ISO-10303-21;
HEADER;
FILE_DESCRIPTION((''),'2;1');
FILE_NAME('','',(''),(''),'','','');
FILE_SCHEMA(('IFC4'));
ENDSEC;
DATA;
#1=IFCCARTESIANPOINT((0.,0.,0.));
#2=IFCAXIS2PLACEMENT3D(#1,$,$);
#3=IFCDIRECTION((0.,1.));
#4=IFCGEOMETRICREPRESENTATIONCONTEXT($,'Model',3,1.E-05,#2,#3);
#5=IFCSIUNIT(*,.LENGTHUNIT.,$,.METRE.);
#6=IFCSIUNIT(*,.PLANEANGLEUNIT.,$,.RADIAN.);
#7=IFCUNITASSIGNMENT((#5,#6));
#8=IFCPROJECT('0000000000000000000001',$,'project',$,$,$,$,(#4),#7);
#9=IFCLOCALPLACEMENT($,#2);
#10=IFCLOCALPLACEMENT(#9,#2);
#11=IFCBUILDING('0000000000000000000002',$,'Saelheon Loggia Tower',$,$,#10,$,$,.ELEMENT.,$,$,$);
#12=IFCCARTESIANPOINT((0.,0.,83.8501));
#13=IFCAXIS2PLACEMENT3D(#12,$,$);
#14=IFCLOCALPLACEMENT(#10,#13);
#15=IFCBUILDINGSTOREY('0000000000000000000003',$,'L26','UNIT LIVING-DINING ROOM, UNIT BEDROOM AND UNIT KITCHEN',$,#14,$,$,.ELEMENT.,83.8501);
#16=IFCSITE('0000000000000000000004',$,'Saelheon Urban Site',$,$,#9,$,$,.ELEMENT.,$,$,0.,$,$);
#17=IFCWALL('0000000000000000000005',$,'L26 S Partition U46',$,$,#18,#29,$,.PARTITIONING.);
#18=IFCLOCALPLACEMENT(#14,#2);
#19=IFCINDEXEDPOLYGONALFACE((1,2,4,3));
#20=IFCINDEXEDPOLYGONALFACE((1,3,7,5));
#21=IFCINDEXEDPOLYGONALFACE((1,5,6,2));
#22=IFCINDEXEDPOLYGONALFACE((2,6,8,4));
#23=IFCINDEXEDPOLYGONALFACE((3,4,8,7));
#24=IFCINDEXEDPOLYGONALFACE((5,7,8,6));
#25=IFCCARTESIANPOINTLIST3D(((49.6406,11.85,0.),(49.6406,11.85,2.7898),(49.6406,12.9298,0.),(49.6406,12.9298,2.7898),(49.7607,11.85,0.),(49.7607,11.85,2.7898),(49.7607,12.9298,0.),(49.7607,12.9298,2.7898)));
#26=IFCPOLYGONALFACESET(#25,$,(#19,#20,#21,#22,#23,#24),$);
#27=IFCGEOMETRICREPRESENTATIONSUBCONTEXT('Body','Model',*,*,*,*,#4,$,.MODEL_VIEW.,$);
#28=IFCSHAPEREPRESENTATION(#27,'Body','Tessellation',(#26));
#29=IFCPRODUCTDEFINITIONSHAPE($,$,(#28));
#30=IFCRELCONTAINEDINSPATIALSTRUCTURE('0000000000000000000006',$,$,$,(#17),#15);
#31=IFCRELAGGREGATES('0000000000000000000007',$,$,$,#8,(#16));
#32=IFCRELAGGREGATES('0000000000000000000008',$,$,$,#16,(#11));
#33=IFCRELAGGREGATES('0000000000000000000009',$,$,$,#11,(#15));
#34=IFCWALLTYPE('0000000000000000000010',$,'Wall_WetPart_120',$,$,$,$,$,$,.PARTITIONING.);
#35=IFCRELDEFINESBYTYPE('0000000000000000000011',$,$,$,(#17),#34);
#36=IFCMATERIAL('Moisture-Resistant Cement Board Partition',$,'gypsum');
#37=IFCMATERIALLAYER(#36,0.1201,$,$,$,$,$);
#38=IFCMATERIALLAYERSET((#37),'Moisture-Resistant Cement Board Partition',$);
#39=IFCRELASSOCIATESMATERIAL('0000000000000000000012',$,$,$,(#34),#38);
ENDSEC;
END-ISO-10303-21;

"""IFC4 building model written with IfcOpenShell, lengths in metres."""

from ifc_helpers import new_model, si_unit, direction, frame, frame_2d, origin, place, context, subcontext, project, spatial, rectangle, extrude, material, layer, layer_set, type_object, element, save


model = new_model("IFC4")

# Units and contexts
model_context = context("Model", 3, precision=1e-05, world=origin(), true_north=direction((0.0, 1.0)))
body_context = subcontext(model_context, "Body", "Model", "MODEL_VIEW")
ifc_project = project(units=[si_unit("LENGTHUNIT", "METRE"), si_unit("PLANEANGLEUNIT", "RADIAN")], contexts=[model_context])

# Site, building, storey
site_placement = place(None, origin())
site = spatial("IfcSite", under=ifc_project, at=site_placement, Name="Saelheon Urban Site", CompositionType="ELEMENT", RefElevation=0.0)
building_placement = place(site_placement, origin())
building = spatial("IfcBuilding", under=site, at=building_placement, Name="Saelheon Loggia Tower", CompositionType="ELEMENT")
storey_placement = place(building_placement, frame((0.0, 0.0, 83.8501)))
storey = spatial("IfcBuildingStorey", under=building, at=storey_placement, Name="L26", Description="UNIT LIVING-DINING ROOM, UNIT BEDROOM AND UNIT KITCHEN", CompositionType="ELEMENT", Elevation=83.8501)

# Shared definitions
ifc_material_1 = material(Name="Moisture-Resistant Cement Board Partition", Category="gypsum")
ifc_layer_1 = layer(ifc_material_1, 0.1201)
ifc_layer_set_1 = layer_set([ifc_layer_1], Name="Moisture-Resistant Cement Board Partition")
wall_type_1 = type_object("IfcWallType", Name="Wall_WetPart_120", PredefinedType="PARTITIONING", material=ifc_layer_set_1)

# Wall
wall_1_placement = place(storey_placement, frame((49.7007, 12.9299, 0.0), z_axis=(0.0, 0.0, 1.0), x_axis=(0.0, -1.0, 0.0)))
element("IfcWall", 1, at=wall_1_placement, inside=storey, type_object=wall_type_1, Name="L26 S Partition U46", PredefinedType="PARTITIONING", context=body_context, shape_type="SweptSolid", body=[
    extrude(rectangle(XDim=1.0798, YDim=0.1201, at=frame_2d((0.54, 0.0))), origin(), (0.0, 0.0, 1.0), 2.7898),
])

save(model, "model.ifc")
